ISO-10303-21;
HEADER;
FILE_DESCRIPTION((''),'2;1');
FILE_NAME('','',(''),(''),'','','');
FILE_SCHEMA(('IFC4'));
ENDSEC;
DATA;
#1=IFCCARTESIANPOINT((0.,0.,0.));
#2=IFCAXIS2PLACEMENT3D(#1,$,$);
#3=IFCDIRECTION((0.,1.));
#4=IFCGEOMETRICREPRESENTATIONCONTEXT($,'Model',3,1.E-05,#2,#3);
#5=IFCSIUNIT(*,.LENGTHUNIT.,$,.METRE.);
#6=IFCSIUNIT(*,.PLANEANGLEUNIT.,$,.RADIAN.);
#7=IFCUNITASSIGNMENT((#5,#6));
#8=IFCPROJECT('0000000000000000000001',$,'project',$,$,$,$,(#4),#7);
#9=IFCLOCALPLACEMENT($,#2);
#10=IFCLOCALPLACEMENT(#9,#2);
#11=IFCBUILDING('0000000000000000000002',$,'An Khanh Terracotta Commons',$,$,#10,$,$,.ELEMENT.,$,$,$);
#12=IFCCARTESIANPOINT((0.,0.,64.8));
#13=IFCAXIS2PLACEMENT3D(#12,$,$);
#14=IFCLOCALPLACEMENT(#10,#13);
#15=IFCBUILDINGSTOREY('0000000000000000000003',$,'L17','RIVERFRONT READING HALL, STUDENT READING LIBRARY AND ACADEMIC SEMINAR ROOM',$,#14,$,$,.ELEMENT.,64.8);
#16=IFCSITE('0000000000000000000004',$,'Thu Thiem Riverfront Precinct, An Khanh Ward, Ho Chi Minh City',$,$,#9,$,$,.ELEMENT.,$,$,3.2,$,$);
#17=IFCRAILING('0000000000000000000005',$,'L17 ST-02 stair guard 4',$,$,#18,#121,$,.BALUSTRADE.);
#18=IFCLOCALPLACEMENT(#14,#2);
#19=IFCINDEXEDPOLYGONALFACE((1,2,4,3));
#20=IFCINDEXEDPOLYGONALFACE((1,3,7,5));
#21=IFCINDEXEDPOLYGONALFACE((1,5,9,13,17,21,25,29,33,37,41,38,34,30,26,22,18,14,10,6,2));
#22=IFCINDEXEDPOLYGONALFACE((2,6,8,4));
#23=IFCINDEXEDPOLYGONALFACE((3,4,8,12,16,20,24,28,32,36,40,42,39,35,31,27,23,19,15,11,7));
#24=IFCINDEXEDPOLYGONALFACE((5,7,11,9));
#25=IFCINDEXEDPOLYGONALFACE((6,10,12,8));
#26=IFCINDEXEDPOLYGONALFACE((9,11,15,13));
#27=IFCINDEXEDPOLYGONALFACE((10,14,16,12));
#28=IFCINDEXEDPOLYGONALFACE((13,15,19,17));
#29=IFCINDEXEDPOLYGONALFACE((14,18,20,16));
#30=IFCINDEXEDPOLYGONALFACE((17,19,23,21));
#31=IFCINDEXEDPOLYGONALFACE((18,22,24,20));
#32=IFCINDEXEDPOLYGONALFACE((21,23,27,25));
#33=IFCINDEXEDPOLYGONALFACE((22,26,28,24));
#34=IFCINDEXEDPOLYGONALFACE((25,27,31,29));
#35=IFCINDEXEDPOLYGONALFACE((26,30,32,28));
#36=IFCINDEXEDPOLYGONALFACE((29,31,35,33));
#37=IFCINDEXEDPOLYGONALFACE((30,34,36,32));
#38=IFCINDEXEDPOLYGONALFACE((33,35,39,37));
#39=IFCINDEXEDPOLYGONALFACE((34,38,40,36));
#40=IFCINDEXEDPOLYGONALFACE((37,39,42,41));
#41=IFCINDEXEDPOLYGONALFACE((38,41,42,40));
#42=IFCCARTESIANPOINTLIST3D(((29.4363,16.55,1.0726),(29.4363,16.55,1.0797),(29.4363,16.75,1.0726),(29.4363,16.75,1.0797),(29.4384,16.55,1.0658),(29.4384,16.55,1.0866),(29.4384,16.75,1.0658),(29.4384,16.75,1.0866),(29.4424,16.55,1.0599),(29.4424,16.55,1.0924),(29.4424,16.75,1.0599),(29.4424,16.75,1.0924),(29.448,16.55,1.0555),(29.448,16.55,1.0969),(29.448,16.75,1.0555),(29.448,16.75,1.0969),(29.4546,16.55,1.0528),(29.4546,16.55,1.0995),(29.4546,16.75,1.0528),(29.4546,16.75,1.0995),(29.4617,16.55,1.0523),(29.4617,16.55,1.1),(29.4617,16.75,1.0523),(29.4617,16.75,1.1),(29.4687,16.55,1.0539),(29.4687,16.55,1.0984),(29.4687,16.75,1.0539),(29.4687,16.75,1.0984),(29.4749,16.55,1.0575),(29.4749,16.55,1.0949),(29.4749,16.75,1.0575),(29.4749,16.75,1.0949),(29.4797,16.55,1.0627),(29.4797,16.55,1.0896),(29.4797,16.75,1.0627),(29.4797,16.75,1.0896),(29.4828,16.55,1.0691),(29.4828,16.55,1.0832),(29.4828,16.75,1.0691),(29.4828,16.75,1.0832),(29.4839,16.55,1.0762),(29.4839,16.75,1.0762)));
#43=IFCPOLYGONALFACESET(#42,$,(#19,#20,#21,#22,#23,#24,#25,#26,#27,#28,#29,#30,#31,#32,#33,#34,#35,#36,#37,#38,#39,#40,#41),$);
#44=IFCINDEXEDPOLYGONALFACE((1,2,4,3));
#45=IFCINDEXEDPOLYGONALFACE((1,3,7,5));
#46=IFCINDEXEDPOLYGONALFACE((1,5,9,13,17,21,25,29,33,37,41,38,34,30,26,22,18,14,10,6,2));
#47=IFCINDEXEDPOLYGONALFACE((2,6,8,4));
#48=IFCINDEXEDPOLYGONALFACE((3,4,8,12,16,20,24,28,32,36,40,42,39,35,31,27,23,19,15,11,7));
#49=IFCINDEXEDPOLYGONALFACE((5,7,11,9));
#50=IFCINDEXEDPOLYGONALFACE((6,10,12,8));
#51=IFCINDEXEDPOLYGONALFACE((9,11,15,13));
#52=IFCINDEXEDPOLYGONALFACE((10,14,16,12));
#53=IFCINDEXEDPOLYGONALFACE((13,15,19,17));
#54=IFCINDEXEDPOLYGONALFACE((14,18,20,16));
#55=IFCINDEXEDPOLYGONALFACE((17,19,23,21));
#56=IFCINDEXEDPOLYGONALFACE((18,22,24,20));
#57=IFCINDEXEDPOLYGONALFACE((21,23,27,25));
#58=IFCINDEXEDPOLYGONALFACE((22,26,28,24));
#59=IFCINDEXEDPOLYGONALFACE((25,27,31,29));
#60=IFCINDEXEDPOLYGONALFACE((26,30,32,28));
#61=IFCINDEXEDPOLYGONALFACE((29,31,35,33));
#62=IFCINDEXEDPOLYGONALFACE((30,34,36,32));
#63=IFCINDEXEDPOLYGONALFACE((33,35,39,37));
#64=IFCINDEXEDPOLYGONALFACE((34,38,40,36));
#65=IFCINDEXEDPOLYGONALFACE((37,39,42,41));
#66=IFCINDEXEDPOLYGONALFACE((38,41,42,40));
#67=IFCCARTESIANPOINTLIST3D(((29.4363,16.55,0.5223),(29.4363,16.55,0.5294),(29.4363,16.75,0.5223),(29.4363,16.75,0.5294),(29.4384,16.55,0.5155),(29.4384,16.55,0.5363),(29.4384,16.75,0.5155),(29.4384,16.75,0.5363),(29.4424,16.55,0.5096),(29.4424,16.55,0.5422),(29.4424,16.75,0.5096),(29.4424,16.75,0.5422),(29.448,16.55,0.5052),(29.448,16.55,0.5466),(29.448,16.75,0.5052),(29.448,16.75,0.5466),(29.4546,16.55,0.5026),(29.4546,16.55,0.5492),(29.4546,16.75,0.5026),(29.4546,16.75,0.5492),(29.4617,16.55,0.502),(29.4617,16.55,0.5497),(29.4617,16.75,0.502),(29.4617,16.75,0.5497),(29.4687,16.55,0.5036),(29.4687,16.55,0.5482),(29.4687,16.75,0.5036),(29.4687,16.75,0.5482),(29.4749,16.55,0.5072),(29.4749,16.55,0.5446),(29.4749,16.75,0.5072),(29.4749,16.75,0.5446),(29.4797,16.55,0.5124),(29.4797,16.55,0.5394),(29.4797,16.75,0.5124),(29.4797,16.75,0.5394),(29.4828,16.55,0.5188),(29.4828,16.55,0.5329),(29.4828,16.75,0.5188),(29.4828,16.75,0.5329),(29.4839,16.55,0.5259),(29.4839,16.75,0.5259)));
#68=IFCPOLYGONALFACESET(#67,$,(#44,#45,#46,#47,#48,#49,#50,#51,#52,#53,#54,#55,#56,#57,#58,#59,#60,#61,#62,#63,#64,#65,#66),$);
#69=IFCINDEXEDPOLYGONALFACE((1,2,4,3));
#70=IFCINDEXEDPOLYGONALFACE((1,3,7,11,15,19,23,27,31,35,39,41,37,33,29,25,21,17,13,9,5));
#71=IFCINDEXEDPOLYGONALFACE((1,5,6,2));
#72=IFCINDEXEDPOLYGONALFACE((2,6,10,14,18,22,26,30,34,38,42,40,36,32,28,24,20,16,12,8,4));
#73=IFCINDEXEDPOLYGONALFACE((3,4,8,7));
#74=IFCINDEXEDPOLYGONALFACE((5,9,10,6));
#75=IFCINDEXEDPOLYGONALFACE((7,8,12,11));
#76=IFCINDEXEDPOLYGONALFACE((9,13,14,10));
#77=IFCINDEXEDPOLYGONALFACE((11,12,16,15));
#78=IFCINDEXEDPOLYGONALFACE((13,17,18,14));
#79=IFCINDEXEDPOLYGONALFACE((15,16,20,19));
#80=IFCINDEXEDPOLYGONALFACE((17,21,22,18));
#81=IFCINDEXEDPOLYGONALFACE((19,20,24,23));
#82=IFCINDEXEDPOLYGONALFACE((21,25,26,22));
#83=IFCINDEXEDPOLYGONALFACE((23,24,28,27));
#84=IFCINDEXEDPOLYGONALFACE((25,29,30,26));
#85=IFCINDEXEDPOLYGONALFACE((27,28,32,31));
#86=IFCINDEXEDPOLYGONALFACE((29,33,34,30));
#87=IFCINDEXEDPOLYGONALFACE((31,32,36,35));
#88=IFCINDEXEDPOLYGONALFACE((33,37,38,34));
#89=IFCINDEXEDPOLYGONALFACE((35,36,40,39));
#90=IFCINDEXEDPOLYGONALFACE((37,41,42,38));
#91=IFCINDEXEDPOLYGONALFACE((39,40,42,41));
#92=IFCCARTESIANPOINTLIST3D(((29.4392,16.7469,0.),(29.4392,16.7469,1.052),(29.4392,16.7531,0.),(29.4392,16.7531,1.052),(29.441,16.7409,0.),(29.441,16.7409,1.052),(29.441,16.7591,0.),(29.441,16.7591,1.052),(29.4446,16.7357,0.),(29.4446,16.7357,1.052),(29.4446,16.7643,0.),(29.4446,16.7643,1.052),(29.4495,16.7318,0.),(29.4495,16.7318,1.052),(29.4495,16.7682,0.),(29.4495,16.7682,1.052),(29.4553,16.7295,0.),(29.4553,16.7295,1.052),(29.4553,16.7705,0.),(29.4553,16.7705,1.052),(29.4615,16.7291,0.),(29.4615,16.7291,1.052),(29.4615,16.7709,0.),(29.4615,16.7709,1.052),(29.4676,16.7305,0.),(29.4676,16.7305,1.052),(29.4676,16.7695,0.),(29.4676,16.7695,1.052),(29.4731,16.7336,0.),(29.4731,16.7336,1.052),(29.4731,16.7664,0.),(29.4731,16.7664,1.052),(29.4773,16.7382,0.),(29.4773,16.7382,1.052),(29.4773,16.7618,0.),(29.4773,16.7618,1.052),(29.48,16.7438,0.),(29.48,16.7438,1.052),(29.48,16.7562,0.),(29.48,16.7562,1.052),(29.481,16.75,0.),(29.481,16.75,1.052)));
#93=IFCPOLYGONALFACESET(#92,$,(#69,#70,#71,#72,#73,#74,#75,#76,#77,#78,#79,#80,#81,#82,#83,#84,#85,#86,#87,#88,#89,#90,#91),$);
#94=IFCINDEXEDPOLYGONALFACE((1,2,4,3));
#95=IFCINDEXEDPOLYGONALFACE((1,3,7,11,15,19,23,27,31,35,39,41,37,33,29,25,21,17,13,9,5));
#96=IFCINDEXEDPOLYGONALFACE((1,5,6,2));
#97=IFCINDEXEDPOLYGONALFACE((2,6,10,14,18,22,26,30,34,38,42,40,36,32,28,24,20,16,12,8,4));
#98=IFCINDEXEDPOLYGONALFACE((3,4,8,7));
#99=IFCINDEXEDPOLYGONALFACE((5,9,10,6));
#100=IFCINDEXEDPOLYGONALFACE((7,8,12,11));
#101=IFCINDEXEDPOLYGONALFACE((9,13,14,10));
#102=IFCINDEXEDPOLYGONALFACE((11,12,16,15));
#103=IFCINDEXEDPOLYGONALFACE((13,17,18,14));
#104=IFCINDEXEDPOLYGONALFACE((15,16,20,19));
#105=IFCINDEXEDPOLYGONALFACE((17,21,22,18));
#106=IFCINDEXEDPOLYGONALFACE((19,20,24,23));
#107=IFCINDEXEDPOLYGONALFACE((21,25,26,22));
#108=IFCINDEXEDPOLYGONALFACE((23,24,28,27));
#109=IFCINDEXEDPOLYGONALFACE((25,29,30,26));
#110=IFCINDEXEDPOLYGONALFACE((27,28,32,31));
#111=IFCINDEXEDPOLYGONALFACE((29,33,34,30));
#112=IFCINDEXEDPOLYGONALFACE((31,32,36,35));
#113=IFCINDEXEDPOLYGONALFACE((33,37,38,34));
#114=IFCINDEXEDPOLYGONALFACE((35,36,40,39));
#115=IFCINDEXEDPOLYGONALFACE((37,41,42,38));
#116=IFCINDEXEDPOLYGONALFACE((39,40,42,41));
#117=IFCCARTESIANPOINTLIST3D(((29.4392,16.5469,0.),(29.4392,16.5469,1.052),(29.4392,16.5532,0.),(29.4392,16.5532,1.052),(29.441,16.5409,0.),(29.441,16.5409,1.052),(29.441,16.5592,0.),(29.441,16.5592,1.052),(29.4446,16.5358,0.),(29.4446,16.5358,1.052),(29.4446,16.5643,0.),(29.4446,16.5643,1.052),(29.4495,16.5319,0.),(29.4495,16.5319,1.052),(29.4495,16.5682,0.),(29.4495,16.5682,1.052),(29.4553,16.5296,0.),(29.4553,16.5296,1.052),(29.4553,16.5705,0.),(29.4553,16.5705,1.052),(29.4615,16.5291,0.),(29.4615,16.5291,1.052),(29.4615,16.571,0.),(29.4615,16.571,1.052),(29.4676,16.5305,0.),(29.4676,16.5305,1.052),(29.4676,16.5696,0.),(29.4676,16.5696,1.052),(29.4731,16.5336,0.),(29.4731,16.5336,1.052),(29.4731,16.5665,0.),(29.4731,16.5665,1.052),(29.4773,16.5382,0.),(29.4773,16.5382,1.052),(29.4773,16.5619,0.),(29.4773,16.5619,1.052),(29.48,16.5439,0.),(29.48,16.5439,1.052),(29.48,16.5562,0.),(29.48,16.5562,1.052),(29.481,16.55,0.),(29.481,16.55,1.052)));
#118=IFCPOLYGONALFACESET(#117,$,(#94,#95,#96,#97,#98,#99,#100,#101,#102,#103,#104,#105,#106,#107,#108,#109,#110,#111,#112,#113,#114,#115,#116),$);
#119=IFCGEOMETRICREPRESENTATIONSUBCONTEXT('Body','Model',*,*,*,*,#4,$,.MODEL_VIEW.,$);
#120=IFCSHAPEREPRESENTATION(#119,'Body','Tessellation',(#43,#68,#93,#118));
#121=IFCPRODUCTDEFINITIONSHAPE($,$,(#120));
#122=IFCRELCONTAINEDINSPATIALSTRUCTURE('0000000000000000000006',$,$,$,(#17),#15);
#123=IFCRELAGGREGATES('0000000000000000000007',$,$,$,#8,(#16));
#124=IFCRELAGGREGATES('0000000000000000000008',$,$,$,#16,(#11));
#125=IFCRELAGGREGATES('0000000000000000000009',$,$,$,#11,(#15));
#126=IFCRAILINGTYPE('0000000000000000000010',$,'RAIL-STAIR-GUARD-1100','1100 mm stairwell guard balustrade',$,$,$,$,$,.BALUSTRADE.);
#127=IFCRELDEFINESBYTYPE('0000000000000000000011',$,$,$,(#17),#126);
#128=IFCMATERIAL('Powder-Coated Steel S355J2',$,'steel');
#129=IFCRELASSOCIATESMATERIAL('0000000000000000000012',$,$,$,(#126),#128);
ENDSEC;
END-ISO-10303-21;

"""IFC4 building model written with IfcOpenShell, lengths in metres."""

from ifc_helpers import new_model, si_unit, direction, frame, origin, origin_2d, place, context, subcontext, project, spatial, circle, extrude, material, type_object, element, save


model = new_model("IFC4")

# Units and contexts
model_context = context("Model", 3, precision=1e-05, world=origin(), true_north=direction((0.0, 1.0)))
body_context = subcontext(model_context, "Body", "Model", "MODEL_VIEW")
ifc_project = project(units=[si_unit("LENGTHUNIT", "METRE"), si_unit("PLANEANGLEUNIT", "RADIAN")], contexts=[model_context])

# Site, building, storey
site_placement = place(None, origin())
site = spatial("IfcSite", under=ifc_project, at=site_placement, Name="Thu Thiem Riverfront Precinct, An Khanh Ward, Ho Chi Minh City", CompositionType="ELEMENT", RefElevation=3.2)
building_placement = place(site_placement, origin())
building = spatial("IfcBuilding", under=site, at=building_placement, Name="An Khanh Terracotta Commons", CompositionType="ELEMENT")
storey_placement = place(building_placement, frame((0.0, 0.0, 64.8)))
storey = spatial("IfcBuildingStorey", under=building, at=storey_placement, Name="L17", Description="RIVERFRONT READING HALL, STUDENT READING LIBRARY AND ACADEMIC SEMINAR ROOM", CompositionType="ELEMENT", Elevation=64.8)

# Railing
ifc_material_1 = material(Name="Powder-Coated Steel S355J2", Category="steel")
railing_type_1 = type_object("IfcRailingType", Name="RAIL-STAIR-GUARD-1100", Description="1100 mm stairwell guard balustrade", PredefinedType="BALUSTRADE", material=ifc_material_1)
railing_1_placement = place(storey_placement, frame((29.46, 16.75, 0.0)))
element("IfcRailing", 1, at=railing_1_placement, inside=storey, type_object=railing_type_1, Name="L17 ST-02 stair guard 4", PredefinedType="BALUSTRADE", context=body_context, shape_type="SweptSolid", body=[
    extrude(circle(Radius=0.0239, at=origin_2d()), frame((0.0, 0.0, 1.0762), z_axis=(0.0, -1.0, 0.0), x_axis=(1.0, 0.0, 0.0)), (0.0, 0.0, 1.0), 0.2),
    extrude(circle(Radius=0.0239, at=origin_2d()), frame((0.0, 0.0, 0.5259), z_axis=(0.0, -1.0, 0.0), x_axis=(1.0, 0.0, 0.0)), (0.0, 0.0, 1.0), 0.2),
    extrude(circle(Radius=0.021, at=origin_2d()), origin(), (0.0, 0.0, 1.0), 1.052),
    extrude(circle(Radius=0.021, at=origin_2d()), frame((0.0, -0.2, 0.0)), (0.0, 0.0, 1.0), 1.052),
])

save(model, "model.ifc")
